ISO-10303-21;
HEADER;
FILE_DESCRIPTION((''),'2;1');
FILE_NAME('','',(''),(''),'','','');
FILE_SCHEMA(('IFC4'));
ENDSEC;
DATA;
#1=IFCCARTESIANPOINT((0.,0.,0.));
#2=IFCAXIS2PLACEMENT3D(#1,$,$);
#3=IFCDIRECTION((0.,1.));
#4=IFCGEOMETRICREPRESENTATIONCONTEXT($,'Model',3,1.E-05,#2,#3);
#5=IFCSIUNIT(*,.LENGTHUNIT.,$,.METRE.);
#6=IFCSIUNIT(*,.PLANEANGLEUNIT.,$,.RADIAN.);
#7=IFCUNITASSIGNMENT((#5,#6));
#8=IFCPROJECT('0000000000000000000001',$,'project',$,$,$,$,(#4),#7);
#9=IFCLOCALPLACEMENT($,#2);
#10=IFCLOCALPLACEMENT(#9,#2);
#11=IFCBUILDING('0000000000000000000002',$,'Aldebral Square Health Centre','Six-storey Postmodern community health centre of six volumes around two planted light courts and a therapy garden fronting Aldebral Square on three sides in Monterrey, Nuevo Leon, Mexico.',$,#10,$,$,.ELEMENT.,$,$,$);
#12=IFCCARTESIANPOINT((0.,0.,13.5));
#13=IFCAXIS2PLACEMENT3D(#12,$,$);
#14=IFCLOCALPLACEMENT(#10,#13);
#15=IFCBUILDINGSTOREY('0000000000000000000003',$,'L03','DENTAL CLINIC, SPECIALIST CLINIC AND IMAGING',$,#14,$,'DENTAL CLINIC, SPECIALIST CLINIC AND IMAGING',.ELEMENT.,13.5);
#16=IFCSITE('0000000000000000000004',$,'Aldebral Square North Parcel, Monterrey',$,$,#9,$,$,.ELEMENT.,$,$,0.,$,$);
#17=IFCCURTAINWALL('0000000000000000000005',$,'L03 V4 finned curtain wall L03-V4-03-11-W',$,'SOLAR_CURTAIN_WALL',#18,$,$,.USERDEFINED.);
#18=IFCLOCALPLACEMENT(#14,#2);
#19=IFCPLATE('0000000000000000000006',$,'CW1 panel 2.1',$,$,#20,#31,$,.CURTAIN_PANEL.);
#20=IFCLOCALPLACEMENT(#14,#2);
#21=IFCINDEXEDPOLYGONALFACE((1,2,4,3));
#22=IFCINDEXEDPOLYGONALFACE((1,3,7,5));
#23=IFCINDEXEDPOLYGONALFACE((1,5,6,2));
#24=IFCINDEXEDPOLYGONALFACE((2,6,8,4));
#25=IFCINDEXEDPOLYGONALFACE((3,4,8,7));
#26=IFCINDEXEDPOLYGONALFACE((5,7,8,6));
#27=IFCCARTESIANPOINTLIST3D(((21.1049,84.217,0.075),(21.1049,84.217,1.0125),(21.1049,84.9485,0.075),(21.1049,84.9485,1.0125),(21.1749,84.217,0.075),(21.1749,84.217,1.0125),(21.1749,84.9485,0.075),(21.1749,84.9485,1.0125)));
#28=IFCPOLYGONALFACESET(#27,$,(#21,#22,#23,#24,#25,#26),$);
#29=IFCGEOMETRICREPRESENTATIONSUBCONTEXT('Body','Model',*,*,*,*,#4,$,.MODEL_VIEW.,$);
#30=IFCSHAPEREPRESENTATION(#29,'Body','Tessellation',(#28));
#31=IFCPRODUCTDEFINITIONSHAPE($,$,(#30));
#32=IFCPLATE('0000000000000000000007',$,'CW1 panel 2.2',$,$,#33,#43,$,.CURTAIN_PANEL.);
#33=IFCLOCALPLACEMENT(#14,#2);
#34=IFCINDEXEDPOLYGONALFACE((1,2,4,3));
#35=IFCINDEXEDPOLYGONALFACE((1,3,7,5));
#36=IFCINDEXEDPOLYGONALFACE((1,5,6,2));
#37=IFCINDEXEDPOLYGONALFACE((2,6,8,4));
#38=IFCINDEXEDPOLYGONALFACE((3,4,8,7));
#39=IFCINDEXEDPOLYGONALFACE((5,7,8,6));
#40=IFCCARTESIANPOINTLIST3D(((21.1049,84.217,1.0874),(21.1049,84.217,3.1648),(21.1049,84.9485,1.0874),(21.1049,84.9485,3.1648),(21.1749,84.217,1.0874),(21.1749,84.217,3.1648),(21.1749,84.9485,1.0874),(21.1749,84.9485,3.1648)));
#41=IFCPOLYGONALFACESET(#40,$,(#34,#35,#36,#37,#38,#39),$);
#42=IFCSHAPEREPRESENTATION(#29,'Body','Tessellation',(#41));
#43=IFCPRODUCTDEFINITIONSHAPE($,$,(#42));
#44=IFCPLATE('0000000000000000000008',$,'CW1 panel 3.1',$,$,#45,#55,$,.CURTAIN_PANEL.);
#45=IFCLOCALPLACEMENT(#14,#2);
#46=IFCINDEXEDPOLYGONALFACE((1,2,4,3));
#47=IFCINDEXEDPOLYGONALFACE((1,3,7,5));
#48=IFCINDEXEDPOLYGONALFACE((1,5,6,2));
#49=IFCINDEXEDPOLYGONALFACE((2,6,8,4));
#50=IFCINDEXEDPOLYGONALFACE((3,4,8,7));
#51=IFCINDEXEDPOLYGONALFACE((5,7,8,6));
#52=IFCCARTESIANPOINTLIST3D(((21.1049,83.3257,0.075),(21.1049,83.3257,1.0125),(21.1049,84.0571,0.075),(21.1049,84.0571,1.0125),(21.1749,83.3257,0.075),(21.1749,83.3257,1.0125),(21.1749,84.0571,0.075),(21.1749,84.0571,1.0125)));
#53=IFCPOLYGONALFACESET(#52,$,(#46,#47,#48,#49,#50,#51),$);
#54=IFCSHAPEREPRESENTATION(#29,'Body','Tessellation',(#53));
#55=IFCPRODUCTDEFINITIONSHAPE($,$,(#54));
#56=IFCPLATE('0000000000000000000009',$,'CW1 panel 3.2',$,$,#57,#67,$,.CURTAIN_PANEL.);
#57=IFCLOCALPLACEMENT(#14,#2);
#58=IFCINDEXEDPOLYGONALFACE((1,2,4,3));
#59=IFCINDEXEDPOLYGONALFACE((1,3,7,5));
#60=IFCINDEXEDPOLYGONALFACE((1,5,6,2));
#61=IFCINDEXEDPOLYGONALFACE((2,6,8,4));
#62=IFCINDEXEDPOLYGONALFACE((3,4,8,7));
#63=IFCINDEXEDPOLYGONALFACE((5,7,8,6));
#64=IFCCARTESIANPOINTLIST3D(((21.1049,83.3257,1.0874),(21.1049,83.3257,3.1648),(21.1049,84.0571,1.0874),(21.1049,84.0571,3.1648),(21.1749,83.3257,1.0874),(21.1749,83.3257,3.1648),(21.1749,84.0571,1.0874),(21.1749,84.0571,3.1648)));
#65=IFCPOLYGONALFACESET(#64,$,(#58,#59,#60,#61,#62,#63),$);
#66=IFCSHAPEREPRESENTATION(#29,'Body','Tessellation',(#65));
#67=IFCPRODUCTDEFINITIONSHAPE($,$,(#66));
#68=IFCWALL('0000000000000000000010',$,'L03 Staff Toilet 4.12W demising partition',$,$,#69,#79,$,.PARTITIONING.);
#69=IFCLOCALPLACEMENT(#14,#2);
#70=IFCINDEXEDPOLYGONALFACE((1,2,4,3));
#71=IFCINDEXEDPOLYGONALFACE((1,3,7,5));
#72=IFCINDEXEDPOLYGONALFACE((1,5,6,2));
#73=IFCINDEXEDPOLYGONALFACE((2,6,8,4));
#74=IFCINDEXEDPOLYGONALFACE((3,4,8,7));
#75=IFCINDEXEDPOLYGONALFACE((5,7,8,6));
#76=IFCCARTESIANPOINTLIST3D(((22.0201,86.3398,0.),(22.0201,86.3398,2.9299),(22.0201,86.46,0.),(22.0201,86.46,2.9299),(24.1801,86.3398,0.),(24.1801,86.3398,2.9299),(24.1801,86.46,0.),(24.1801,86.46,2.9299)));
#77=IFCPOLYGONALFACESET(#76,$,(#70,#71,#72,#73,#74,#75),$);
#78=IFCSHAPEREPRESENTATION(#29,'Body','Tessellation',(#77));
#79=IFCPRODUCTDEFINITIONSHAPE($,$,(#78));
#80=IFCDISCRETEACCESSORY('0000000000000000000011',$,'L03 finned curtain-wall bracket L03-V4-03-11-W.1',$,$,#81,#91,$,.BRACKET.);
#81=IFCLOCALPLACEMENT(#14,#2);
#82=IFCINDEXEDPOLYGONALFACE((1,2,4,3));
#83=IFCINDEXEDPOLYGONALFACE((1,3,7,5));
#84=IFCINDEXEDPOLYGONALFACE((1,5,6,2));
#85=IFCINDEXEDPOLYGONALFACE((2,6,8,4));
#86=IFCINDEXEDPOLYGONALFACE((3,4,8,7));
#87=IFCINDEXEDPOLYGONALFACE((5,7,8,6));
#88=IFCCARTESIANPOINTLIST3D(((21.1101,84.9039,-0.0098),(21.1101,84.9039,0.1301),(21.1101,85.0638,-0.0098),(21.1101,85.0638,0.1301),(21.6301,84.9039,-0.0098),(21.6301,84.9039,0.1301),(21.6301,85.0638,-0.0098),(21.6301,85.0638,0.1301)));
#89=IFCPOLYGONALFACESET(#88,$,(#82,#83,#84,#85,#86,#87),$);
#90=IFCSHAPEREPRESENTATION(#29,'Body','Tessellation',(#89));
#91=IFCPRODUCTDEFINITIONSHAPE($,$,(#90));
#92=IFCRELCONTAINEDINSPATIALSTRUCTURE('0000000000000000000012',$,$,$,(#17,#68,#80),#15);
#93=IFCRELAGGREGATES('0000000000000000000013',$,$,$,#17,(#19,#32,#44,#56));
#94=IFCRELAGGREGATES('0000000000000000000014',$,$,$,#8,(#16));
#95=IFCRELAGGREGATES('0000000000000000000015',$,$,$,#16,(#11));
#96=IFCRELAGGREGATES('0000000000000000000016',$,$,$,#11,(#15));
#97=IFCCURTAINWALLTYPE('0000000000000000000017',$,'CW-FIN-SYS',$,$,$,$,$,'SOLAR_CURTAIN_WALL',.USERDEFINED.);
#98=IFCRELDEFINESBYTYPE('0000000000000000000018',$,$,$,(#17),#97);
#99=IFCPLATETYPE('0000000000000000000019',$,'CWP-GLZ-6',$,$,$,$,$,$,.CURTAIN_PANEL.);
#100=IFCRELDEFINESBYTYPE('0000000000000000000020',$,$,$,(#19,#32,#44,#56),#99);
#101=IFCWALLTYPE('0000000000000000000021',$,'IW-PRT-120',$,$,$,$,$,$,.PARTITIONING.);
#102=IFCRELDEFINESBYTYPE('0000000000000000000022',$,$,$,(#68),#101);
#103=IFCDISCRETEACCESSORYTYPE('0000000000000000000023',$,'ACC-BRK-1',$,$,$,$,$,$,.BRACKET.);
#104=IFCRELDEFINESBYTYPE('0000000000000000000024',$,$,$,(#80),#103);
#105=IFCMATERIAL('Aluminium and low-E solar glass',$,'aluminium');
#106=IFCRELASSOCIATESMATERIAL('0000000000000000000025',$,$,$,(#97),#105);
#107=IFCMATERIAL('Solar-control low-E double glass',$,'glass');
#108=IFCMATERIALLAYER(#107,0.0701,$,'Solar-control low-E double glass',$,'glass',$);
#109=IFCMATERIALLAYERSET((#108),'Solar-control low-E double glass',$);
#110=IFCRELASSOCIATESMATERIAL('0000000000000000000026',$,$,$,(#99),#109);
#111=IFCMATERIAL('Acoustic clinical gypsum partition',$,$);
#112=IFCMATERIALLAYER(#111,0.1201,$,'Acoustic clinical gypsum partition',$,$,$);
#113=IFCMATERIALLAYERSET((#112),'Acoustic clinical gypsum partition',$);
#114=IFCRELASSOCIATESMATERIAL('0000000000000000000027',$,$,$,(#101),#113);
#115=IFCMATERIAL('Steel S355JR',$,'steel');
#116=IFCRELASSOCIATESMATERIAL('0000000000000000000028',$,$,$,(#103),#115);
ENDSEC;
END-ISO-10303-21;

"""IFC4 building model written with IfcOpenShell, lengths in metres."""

from ifc_helpers import new_model, si_unit, direction, frame, frame_2d, origin, origin_2d, place, context, subcontext, project, spatial, rectangle, extrude, material, layer, layer_set, type_object, element, aggregate, save


model = new_model("IFC4")

# Units and contexts
model_context = context("Model", 3, precision=1e-05, world=origin(), true_north=direction((0.0, 1.0)))
body_context = subcontext(model_context, "Body", "Model", "MODEL_VIEW")
ifc_project = project(units=[si_unit("LENGTHUNIT", "METRE"), si_unit("PLANEANGLEUNIT", "RADIAN")], contexts=[model_context])

# Site, building, storey
site_placement = place(None, origin())
site = spatial("IfcSite", under=ifc_project, at=site_placement, Name="Aldebral Square North Parcel, Monterrey", CompositionType="ELEMENT", RefElevation=0.0)
building_placement = place(site_placement, origin())
building = spatial("IfcBuilding", under=site, at=building_placement, Name="Aldebral Square Health Centre", Description="Six-storey Postmodern community health centre of six volumes around two planted light courts and a therapy garden fronting Aldebral Square on three sides in Monterrey, Nuevo Leon, Mexico.", CompositionType="ELEMENT")
storey_placement = place(building_placement, frame((0.0, 0.0, 13.5)))
storey = spatial("IfcBuildingStorey", under=building, at=storey_placement, Name="L03", Description="DENTAL CLINIC, SPECIALIST CLINIC AND IMAGING", LongName="DENTAL CLINIC, SPECIALIST CLINIC AND IMAGING", CompositionType="ELEMENT", Elevation=13.5)

# Curtain wall
ifc_material_1 = material(Name="Aluminium and low-E solar glass", Category="aluminium")
curtain_wall_type = type_object("IfcCurtainWallType", Name="CW-FIN-SYS", ElementType="SOLAR_CURTAIN_WALL", PredefinedType="USERDEFINED", material=ifc_material_1)
curtain_wall_1_placement = place(storey_placement, origin())
curtain_wall_1 = element("IfcCurtainWall", 1, at=curtain_wall_1_placement, inside=storey, type_object=curtain_wall_type, Name="L03 V4 finned curtain wall L03-V4-03-11-W", ObjectType="SOLAR_CURTAIN_WALL", PredefinedType="USERDEFINED")

# Plates
ifc_material_2 = material(Name="Solar-control low-E double glass", Category="glass")
ifc_layer_1 = layer(ifc_material_2, 0.0701, Name="Solar-control low-E double glass", Category="glass")
ifc_layer_set_1 = layer_set([ifc_layer_1], Name="Solar-control low-E double glass")
plate_type = type_object("IfcPlateType", Name="CWP-GLZ-6", PredefinedType="CURTAIN_PANEL", material=ifc_layer_set_1)
plate_1_placement = place(storey_placement, frame((21.1399, 84.5828, 0.075), z_axis=(0.0, 0.0, 1.0), x_axis=(0.0, -1.0, 0.0)))
plate_1 = element("IfcPlate", 2, at=plate_1_placement, type_object=plate_type, Name="CW1 panel 2.1", PredefinedType="CURTAIN_PANEL", context=body_context, shape_type="SweptSolid", body=[
    extrude(rectangle(XDim=0.7314, YDim=0.0701, at=origin_2d()), origin(), (0.0, 0.0, 1.0), 0.9375),
])
plate_2_placement = place(storey_placement, frame((21.1399, 84.5828, 1.0874), z_axis=(0.0, 0.0, 1.0), x_axis=(0.0, -1.0, 0.0)))
plate_2 = element("IfcPlate", 3, at=plate_2_placement, type_object=plate_type, Name="CW1 panel 2.2", PredefinedType="CURTAIN_PANEL", context=body_context, shape_type="SweptSolid", body=[
    extrude(rectangle(XDim=0.7314, YDim=0.0701, at=origin_2d()), origin(), (0.0, 0.0, 1.0), 2.0774),
])
plate_3_placement = place(storey_placement, frame((21.1399, 83.6914, 0.075), z_axis=(0.0, 0.0, 1.0), x_axis=(0.0, -1.0, 0.0)))
plate_3 = element("IfcPlate", 4, at=plate_3_placement, type_object=plate_type, Name="CW1 panel 3.1", PredefinedType="CURTAIN_PANEL", context=body_context, shape_type="SweptSolid", body=[
    extrude(rectangle(XDim=0.7314, YDim=0.0701, at=origin_2d()), origin(), (0.0, 0.0, 1.0), 0.9375),
])
plate_4_placement = place(storey_placement, frame((21.1399, 83.6914, 1.0874), z_axis=(0.0, 0.0, 1.0), x_axis=(0.0, -1.0, 0.0)))
plate_4 = element("IfcPlate", 5, at=plate_4_placement, type_object=plate_type, Name="CW1 panel 3.2", PredefinedType="CURTAIN_PANEL", context=body_context, shape_type="SweptSolid", body=[
    extrude(rectangle(XDim=0.7314, YDim=0.0701, at=origin_2d()), origin(), (0.0, 0.0, 1.0), 2.0774),
])
aggregate(curtain_wall_1, [plate_1, plate_2, plate_3, plate_4])

# Wall
ifc_material_3 = material(Name="Acoustic clinical gypsum partition")
ifc_layer_2 = layer(ifc_material_3, 0.1201, Name="Acoustic clinical gypsum partition")
ifc_layer_set_2 = layer_set([ifc_layer_2], Name="Acoustic clinical gypsum partition")
wall_type = type_object("IfcWallType", Name="IW-PRT-120", PredefinedType="PARTITIONING", material=ifc_layer_set_2)
wall_placement = place(storey_placement, frame((22.02, 86.3999, 0.0), z_axis=(0.0, 0.0, 1.0), x_axis=(1.0, 0.0, 0.0)))
element("IfcWall", 6, at=wall_placement, inside=storey, type_object=wall_type, Name="L03 Staff Toilet 4.12W demising partition", PredefinedType="PARTITIONING", context=body_context, shape_type="SweptSolid", body=[
    extrude(rectangle(XDim=2.1599, YDim=0.1201, at=frame_2d((1.0801, 0.0))), origin(), (0.0, 0.0, 1.0), 2.9299),
])

# Discrete accessory
ifc_material_4 = material(Name="Steel S355JR", Category="steel")
discrete_accessory_type = type_object("IfcDiscreteAccessoryType", Name="ACC-BRK-1", PredefinedType="BRACKET", material=ifc_material_4)
discrete_accessory_placement = place(storey_placement, frame((21.3701, 84.9839, -0.0098), z_axis=(0.0, 0.0, 1.0), x_axis=(0.0, 1.0, 0.0)))
element("IfcDiscreteAccessory", 7, at=discrete_accessory_placement, inside=storey, type_object=discrete_accessory_type, Name="L03 finned curtain-wall bracket L03-V4-03-11-W.1", PredefinedType="BRACKET", context=body_context, shape_type="SweptSolid", body=[
    extrude(rectangle(XDim=0.1599, YDim=0.52, at=origin_2d()), origin(), (0.0, 0.0, 1.0), 0.1399),
])

save(model, "model.ifc")
